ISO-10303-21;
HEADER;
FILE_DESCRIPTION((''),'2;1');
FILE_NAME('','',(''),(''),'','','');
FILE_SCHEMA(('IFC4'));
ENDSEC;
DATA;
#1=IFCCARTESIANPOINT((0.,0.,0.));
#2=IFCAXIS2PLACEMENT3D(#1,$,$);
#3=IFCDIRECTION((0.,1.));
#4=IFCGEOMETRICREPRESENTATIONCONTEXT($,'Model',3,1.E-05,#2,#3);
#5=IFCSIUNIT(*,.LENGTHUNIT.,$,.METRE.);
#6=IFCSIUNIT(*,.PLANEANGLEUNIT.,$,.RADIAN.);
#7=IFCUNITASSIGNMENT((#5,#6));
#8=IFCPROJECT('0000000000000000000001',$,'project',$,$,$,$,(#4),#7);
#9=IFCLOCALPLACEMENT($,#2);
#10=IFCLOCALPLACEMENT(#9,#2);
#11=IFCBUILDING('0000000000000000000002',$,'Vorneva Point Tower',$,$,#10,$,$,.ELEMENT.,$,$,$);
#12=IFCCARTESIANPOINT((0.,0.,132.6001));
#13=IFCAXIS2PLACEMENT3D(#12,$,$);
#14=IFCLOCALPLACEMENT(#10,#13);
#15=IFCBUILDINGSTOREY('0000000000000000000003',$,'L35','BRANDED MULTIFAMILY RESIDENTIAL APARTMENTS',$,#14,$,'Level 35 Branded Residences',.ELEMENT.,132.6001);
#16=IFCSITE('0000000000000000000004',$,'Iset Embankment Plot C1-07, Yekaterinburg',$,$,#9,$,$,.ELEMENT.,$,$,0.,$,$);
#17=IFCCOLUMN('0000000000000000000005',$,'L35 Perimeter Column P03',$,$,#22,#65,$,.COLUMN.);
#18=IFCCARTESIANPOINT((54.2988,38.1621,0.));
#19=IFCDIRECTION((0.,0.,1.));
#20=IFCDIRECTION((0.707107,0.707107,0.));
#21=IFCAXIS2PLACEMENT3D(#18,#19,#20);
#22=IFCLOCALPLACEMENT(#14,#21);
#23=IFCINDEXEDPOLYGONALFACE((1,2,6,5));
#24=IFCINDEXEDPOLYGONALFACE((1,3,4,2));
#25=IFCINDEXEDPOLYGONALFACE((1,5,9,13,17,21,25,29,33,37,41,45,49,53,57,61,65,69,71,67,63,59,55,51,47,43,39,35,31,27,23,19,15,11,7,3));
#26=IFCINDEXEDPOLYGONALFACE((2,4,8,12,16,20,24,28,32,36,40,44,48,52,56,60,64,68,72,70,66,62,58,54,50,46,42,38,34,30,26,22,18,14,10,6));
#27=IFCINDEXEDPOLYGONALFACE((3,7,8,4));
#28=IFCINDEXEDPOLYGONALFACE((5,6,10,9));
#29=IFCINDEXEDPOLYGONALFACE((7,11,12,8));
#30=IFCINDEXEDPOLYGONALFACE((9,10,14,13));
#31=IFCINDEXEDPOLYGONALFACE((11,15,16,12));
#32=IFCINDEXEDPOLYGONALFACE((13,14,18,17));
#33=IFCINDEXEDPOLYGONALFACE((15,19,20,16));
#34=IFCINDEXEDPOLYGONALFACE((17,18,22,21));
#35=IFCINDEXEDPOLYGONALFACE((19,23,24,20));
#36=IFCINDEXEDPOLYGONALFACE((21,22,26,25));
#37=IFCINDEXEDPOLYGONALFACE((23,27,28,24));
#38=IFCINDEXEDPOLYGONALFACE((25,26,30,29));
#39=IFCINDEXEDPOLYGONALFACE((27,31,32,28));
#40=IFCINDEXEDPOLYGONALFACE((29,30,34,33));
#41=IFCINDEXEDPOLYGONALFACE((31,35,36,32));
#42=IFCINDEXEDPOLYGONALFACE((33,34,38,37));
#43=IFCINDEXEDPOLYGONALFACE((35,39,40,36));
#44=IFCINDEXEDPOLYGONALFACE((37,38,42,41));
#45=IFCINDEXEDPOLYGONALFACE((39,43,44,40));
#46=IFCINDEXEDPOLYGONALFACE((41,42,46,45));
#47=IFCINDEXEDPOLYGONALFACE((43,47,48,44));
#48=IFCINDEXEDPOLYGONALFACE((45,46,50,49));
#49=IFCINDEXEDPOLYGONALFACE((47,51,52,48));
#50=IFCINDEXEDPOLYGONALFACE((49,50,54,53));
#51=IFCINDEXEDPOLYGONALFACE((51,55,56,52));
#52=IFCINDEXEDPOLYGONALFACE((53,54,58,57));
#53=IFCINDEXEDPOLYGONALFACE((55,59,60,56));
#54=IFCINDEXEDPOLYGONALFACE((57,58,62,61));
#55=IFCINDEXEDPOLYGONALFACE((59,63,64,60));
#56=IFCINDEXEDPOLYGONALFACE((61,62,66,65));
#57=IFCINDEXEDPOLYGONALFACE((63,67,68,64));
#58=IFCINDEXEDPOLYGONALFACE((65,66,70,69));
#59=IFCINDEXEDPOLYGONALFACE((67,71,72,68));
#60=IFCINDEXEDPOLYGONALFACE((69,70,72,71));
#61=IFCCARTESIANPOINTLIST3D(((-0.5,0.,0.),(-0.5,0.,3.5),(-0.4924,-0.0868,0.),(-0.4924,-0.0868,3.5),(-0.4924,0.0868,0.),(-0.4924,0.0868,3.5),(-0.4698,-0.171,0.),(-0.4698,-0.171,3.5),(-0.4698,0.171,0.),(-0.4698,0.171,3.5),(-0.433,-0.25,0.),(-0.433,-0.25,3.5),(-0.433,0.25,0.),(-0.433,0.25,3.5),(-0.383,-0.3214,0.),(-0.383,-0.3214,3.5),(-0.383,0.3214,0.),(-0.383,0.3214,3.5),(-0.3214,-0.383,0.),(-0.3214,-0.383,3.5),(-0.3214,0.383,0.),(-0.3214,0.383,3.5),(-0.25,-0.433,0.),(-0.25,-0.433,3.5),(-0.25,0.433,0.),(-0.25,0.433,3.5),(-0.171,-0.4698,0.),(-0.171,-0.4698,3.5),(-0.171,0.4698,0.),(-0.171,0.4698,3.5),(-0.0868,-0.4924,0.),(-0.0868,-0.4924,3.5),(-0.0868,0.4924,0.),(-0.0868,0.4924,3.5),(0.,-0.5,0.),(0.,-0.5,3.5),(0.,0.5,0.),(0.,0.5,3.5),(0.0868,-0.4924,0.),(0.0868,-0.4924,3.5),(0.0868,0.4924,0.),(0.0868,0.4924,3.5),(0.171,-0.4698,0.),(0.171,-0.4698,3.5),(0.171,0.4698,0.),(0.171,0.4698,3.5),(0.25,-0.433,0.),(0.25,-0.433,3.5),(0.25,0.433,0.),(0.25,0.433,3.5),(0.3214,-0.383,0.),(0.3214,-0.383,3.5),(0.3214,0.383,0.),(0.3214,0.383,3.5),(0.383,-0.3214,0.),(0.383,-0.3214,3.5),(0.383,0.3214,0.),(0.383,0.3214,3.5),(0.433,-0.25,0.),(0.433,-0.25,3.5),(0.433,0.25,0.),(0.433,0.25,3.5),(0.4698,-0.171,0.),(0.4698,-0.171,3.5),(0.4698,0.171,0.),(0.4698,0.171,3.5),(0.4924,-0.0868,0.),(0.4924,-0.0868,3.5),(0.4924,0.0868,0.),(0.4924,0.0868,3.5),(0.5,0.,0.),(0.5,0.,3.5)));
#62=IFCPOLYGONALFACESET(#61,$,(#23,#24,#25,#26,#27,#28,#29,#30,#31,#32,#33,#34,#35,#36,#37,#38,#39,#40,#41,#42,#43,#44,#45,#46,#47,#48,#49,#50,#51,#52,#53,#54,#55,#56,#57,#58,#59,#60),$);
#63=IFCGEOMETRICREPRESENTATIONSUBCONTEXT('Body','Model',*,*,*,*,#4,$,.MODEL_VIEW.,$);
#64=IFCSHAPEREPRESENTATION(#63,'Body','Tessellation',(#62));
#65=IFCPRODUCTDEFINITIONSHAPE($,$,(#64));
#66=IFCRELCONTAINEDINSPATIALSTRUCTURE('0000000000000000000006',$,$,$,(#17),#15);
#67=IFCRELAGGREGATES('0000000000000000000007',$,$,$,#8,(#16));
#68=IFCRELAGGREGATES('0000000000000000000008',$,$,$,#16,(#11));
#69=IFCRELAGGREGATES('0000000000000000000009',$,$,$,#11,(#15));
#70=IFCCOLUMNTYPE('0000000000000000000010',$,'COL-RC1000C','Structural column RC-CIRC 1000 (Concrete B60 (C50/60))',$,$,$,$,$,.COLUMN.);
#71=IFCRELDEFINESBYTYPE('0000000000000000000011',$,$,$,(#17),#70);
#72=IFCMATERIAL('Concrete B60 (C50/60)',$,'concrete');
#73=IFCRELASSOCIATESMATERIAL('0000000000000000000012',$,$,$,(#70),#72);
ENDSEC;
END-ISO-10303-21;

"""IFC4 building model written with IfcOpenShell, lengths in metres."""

from ifc_helpers import new_model, si_unit, direction, frame, origin, origin_2d, place, context, subcontext, project, spatial, circle, extrude, material, material_profile, profile_set, type_object, element, save


model = new_model("IFC4")

# Units and contexts
model_context = context("Model", 3, precision=1e-05, world=origin(), true_north=direction((0.0, 1.0)))
body_context = subcontext(model_context, "Body", "Model", "MODEL_VIEW")
ifc_project = project(units=[si_unit("LENGTHUNIT", "METRE"), si_unit("PLANEANGLEUNIT", "RADIAN")], contexts=[model_context])

# Site, building, storey
site_placement = place(None, origin())
site = spatial("IfcSite", under=ifc_project, at=site_placement, Name="Iset Embankment Plot C1-07, Yekaterinburg", CompositionType="ELEMENT", RefElevation=0.0)
building_placement = place(site_placement, origin())
building = spatial("IfcBuilding", under=site, at=building_placement, Name="Vorneva Point Tower", CompositionType="ELEMENT")
storey_placement = place(building_placement, frame((0.0, 0.0, 132.6001)))
storey = spatial("IfcBuildingStorey", under=building, at=storey_placement, Name="L35", Description="BRANDED MULTIFAMILY RESIDENTIAL APARTMENTS", LongName="Level 35 Branded Residences", CompositionType="ELEMENT", Elevation=132.6001)

# Column
ifc_material_1 = material(Name="Concrete B60 (C50/60)", Category="concrete")
ifc_material_profile_1 = material_profile(ifc_material_1, circle(Radius=0.5, at=origin_2d()), Name="RC-CIRC 1000")
ifc_profile_set_1 = profile_set([ifc_material_profile_1], Name="Concrete B60 (C50/60)")
column_type = type_object("IfcColumnType", Name="COL-RC1000C", Description="Structural column RC-CIRC 1000 (Concrete B60 (C50/60))", PredefinedType="COLUMN", material=ifc_profile_set_1)
column_placement = place(storey_placement, frame((54.2988, 38.1621, 0.0), z_axis=(0.0, 0.0, 1.0), x_axis=(0.707107, 0.707107, 0.0)))
element("IfcColumn", 1, at=column_placement, inside=storey, type_object=column_type, Name="L35 Perimeter Column P03", PredefinedType="COLUMN", context=body_context, shape_type="SweptSolid", body=[
    extrude(circle(Radius=0.5, at=origin_2d()), origin(), (0.0, 0.0, 1.0), 3.5),
])

save(model, "model.ifc")
